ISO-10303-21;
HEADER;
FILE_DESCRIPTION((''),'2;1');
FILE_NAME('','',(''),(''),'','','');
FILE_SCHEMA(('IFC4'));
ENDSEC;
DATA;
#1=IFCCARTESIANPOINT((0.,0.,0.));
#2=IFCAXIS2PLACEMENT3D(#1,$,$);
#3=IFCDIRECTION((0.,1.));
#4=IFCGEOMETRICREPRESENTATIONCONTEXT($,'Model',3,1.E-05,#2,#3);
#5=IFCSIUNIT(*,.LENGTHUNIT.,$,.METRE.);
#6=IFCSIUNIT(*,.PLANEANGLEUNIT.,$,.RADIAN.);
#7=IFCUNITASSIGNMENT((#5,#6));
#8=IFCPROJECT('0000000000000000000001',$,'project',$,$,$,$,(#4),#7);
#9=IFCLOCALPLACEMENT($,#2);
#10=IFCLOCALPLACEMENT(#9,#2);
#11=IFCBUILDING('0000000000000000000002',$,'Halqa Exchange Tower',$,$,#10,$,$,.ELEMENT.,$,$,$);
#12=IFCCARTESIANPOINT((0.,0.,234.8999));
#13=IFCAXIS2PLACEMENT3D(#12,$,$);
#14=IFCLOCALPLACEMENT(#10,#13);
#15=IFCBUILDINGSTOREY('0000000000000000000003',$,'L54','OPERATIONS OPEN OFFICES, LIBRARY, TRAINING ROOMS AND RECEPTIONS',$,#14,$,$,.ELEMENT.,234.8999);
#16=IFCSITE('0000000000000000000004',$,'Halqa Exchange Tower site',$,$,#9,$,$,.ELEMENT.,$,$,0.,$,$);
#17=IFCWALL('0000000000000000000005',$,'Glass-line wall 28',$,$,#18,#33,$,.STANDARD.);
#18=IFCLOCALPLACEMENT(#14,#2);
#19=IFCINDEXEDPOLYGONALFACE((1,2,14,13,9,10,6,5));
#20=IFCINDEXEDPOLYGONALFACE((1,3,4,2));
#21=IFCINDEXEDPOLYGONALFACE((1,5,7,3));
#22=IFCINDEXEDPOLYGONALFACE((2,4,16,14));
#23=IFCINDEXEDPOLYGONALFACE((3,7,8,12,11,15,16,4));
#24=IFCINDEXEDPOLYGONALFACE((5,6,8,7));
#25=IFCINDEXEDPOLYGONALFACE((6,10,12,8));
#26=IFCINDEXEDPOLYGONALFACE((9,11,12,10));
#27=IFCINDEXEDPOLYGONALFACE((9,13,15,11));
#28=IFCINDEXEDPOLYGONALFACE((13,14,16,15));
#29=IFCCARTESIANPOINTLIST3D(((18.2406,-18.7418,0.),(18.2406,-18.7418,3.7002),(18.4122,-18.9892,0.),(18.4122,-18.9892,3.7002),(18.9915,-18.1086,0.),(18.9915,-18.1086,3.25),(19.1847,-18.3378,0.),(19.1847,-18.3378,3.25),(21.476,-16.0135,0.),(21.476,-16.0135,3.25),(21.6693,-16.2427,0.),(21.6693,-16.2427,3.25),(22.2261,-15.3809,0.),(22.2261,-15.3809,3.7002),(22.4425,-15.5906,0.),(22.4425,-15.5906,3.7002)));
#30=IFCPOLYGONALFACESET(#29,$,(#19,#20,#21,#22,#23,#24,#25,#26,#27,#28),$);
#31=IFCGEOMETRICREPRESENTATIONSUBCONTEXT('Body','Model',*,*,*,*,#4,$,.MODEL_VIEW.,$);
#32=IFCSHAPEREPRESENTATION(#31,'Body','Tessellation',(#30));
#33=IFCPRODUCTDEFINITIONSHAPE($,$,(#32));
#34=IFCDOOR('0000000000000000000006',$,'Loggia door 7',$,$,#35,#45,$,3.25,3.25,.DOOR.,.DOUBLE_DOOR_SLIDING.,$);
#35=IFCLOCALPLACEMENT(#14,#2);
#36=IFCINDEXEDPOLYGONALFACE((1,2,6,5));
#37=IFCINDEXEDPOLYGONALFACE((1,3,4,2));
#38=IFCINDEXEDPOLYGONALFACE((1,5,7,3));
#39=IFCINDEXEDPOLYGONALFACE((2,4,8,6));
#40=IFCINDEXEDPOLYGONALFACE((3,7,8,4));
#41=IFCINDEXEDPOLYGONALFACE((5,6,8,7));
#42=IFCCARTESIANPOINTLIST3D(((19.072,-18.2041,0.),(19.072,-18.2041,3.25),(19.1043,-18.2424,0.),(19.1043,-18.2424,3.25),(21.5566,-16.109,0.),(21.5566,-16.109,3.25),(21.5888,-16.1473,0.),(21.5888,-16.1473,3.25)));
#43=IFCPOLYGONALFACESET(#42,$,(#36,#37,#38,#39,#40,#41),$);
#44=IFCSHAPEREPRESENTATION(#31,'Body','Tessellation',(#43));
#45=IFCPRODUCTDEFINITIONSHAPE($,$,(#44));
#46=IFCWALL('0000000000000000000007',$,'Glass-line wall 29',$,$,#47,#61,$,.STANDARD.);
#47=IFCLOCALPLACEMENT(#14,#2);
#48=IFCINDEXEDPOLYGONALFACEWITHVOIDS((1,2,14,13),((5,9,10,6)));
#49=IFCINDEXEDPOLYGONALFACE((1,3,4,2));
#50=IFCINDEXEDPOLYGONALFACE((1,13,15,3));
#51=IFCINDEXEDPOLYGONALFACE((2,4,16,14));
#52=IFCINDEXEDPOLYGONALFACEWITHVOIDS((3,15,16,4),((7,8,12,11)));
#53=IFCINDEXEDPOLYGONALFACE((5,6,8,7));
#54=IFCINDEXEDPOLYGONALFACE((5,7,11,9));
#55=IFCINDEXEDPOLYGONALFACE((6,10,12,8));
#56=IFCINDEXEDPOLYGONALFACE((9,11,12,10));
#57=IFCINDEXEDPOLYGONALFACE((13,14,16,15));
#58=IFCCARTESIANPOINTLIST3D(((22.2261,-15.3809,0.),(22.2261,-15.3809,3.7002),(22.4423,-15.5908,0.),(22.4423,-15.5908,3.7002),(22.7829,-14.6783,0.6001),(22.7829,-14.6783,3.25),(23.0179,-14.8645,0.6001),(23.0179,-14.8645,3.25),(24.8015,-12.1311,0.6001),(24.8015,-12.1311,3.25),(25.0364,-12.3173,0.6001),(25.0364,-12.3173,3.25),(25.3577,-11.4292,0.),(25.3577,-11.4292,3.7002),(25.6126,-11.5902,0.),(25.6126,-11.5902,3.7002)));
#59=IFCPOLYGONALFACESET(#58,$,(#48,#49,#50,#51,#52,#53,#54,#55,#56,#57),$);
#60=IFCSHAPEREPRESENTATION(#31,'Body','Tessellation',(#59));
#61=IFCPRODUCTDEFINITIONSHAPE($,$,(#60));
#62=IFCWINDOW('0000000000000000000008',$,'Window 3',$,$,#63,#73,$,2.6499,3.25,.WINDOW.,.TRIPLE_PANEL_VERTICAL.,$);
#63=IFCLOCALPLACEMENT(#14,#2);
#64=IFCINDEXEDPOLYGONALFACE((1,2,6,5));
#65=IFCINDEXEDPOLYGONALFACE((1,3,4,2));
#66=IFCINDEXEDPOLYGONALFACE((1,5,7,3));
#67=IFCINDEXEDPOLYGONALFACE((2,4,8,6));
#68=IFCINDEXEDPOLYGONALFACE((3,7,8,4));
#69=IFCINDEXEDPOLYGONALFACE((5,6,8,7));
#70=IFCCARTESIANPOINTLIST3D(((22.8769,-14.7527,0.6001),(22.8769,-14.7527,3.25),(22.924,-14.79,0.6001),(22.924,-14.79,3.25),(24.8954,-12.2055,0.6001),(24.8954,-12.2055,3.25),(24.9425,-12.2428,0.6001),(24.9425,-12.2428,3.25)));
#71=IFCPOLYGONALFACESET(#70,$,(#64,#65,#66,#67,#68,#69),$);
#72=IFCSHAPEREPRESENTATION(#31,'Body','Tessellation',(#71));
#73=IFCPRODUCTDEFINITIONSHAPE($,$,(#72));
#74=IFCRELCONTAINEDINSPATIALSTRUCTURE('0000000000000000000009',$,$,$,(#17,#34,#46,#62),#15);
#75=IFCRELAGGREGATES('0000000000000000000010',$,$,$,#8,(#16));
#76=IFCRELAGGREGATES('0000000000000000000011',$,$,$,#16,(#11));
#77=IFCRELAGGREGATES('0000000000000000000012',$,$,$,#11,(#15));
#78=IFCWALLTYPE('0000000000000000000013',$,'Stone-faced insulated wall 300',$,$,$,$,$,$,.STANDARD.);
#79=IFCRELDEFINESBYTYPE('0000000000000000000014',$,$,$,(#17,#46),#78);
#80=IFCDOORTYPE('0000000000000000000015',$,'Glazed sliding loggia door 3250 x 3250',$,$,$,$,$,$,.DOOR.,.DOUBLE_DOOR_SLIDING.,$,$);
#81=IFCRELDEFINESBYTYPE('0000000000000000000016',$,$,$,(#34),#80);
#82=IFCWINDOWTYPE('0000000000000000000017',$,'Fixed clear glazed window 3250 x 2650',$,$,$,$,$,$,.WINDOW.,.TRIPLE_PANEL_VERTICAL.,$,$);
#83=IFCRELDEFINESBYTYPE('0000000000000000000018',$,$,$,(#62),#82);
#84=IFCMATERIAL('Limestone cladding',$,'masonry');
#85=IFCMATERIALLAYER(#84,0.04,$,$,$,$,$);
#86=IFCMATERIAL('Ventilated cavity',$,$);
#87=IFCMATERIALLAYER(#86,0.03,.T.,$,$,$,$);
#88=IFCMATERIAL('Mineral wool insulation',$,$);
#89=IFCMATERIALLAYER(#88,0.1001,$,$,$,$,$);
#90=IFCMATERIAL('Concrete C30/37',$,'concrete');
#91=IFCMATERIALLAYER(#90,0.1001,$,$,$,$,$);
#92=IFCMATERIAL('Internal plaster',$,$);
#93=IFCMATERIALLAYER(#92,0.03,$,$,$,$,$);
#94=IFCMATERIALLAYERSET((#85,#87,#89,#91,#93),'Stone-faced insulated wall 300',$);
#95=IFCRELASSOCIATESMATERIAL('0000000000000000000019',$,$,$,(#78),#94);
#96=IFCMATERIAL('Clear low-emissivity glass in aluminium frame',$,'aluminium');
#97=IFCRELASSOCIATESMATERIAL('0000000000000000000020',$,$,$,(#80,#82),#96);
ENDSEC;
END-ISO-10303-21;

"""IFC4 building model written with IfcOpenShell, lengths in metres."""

from ifc_helpers import new_model, si_unit, direction, frame, frame_2d, origin, place, context, subcontext, project, spatial, polyline, rectangle, outline, extrude, material, layer, layer_set, type_object, element, fill, save


model = new_model("IFC4")

# Units and contexts
model_context = context("Model", 3, precision=1e-05, world=origin(), true_north=direction((0.0, 1.0)))
body_context = subcontext(model_context, "Body", "Model", "MODEL_VIEW")
ifc_project = project(units=[si_unit("LENGTHUNIT", "METRE"), si_unit("PLANEANGLEUNIT", "RADIAN")], contexts=[model_context])

# Site, building, storey
site_placement = place(None, origin())
site = spatial("IfcSite", under=ifc_project, at=site_placement, Name="Halqa Exchange Tower site", CompositionType="ELEMENT", RefElevation=0.0)
building_placement = place(site_placement, origin())
building = spatial("IfcBuilding", under=site, at=building_placement, Name="Halqa Exchange Tower", CompositionType="ELEMENT")
storey_placement = place(building_placement, frame((0.0, 0.0, 234.8999)))
storey = spatial("IfcBuildingStorey", under=building, at=storey_placement, Name="L54", Description="OPERATIONS OPEN OFFICES, LIBRARY, TRAINING ROOMS AND RECEPTIONS", CompositionType="ELEMENT", Elevation=234.8999)

# Wall, opening, door
ifc_material_1 = material(Name="Limestone cladding", Category="masonry")
ifc_layer_1 = layer(ifc_material_1, 0.04)
ifc_material_2 = material(Name="Ventilated cavity")
ifc_layer_2 = layer(ifc_material_2, 0.03, ventilated=True)
ifc_material_3 = material(Name="Mineral wool insulation")
ifc_layer_3 = layer(ifc_material_3, 0.1001)
ifc_material_4 = material(Name="Concrete C30/37", Category="concrete")
ifc_layer_4 = layer(ifc_material_4, 0.1001)
ifc_material_5 = material(Name="Internal plaster")
ifc_layer_5 = layer(ifc_material_5, 0.03)
ifc_layer_set_1 = layer_set([ifc_layer_1, ifc_layer_2, ifc_layer_3, ifc_layer_4, ifc_layer_5], Name="Stone-faced insulated wall 300")
wall_type_1 = type_object("IfcWallType", Name="Stone-faced insulated wall 300", PredefinedType="STANDARD", material=ifc_layer_set_1)
wall_1_placement = place(storey_placement, frame((18.3264, -18.8655, 0.0), z_axis=(0.0, 0.0, 1.0), x_axis=(0.764475, 0.644653, 0.0)))
wall_1 = element("IfcWall", 1, at=wall_1_placement, inside=storey, type_object=wall_type_1, Name="Glass-line wall 28", PredefinedType="STANDARD", context=body_context, shape_type="SweptSolid", body=[
    extrude(outline(polyline([(-0.0142, -0.1499), (5.2578, -0.1499), (5.2275, 0.1499), (0.0142, 0.1499), (-0.0142, -0.1499)])), origin(), (0.0, 0.0, 1.0), 3.7002),
])
opening_1_placement = place(wall_1_placement, frame((0.9963, 0.0, 0.0)))
opening_1 = element("IfcOpeningElement", 2, at=opening_1_placement, cuts=wall_1, PredefinedType="OPENING", context=body_context, shape_type="SweptSolid", body=[
    extrude(rectangle(XDim=3.25, YDim=3.25, at=frame_2d((1.625, 1.625))), frame((0.0, 0.1621, 0.0), z_axis=(0.0, -1.0, 0.0), x_axis=(1.0, 0.0, 0.0)), (0.0, 0.0, 1.0), 0.324),
])
ifc_material_6 = material(Name="Clear low-emissivity glass in aluminium frame", Category="aluminium")
door_type_1 = type_object("IfcDoorType", Name="Glazed sliding loggia door 3250 x 3250", OperationType="DOUBLE_DOOR_SLIDING", PredefinedType="DOOR", material=ifc_material_6)
door_1_placement = place(opening_1_placement, origin())
door_1 = element("IfcDoor", 3, at=door_1_placement, inside=storey, type_object=door_type_1, Name="Loggia door 7", OperationType="DOUBLE_DOOR_SLIDING", OverallHeight=3.25, OverallWidth=3.25, PredefinedType="DOOR", context=body_context, shape_type="SweptSolid", body=[
    extrude(rectangle(XDim=3.25, YDim=3.25, at=frame_2d((1.625, 1.625))), frame((0.0, 0.0249, 0.0), z_axis=(0.0, -1.0, 0.0), x_axis=(1.0, 0.0, 0.0)), (0.0, 0.0, 1.0), 0.05),
])
fill(opening_1, door_1)

# Wall, opening, window
wall_2_placement = place(storey_placement, frame((22.3342, -15.4858, 0.0), z_axis=(0.0, 0.0, 1.0), x_axis=(0.621085, 0.783743, 0.0)))
wall_2 = element("IfcWall", 4, at=wall_2_placement, inside=storey, type_object=wall_type_1, Name="Glass-line wall 29", PredefinedType="STANDARD", context=body_context, shape_type="SweptSolid", body=[
    extrude(outline(polyline([(-0.0151, -0.1499), (5.0894, -0.1499), (5.0571, 0.1499), (0.0151, 0.1499), (-0.0151, -0.1499)])), origin(), (0.0, 0.0, 1.0), 3.7002),
])
opening_2_placement = place(wall_2_placement, frame((0.9116, 0.0, 0.6001)))
opening_2 = element("IfcOpeningElement", 5, at=opening_2_placement, cuts=wall_2, PredefinedType="OPENING", context=body_context, shape_type="SweptSolid", body=[
    extrude(rectangle(XDim=3.25, YDim=2.6499, at=frame_2d((1.625, 1.325))), frame((0.0, 0.1621, 0.0), z_axis=(0.0, -1.0, 0.0), x_axis=(1.0, 0.0, 0.0)), (0.0, 0.0, 1.0), 0.324),
])
window_type = type_object("IfcWindowType", Name="Fixed clear glazed window 3250 x 2650", PartitioningType="TRIPLE_PANEL_VERTICAL", PredefinedType="WINDOW", material=ifc_material_6)
window_placement = place(opening_2_placement, origin())
window = element("IfcWindow", 6, at=window_placement, inside=storey, type_object=window_type, Name="Window 3", OverallHeight=2.6499, OverallWidth=3.25, PartitioningType="TRIPLE_PANEL_VERTICAL", PredefinedType="WINDOW", context=body_context, shape_type="SweptSolid", body=[
    extrude(rectangle(XDim=3.25, YDim=2.6499, at=frame_2d((1.625, 1.325))), frame((0.0, 0.03, 0.0), z_axis=(0.0, -1.0, 0.0), x_axis=(1.0, 0.0, 0.0)), (0.0, 0.0, 1.0), 0.0601),
])
fill(opening_2, window)

save(model, "model.ifc")
